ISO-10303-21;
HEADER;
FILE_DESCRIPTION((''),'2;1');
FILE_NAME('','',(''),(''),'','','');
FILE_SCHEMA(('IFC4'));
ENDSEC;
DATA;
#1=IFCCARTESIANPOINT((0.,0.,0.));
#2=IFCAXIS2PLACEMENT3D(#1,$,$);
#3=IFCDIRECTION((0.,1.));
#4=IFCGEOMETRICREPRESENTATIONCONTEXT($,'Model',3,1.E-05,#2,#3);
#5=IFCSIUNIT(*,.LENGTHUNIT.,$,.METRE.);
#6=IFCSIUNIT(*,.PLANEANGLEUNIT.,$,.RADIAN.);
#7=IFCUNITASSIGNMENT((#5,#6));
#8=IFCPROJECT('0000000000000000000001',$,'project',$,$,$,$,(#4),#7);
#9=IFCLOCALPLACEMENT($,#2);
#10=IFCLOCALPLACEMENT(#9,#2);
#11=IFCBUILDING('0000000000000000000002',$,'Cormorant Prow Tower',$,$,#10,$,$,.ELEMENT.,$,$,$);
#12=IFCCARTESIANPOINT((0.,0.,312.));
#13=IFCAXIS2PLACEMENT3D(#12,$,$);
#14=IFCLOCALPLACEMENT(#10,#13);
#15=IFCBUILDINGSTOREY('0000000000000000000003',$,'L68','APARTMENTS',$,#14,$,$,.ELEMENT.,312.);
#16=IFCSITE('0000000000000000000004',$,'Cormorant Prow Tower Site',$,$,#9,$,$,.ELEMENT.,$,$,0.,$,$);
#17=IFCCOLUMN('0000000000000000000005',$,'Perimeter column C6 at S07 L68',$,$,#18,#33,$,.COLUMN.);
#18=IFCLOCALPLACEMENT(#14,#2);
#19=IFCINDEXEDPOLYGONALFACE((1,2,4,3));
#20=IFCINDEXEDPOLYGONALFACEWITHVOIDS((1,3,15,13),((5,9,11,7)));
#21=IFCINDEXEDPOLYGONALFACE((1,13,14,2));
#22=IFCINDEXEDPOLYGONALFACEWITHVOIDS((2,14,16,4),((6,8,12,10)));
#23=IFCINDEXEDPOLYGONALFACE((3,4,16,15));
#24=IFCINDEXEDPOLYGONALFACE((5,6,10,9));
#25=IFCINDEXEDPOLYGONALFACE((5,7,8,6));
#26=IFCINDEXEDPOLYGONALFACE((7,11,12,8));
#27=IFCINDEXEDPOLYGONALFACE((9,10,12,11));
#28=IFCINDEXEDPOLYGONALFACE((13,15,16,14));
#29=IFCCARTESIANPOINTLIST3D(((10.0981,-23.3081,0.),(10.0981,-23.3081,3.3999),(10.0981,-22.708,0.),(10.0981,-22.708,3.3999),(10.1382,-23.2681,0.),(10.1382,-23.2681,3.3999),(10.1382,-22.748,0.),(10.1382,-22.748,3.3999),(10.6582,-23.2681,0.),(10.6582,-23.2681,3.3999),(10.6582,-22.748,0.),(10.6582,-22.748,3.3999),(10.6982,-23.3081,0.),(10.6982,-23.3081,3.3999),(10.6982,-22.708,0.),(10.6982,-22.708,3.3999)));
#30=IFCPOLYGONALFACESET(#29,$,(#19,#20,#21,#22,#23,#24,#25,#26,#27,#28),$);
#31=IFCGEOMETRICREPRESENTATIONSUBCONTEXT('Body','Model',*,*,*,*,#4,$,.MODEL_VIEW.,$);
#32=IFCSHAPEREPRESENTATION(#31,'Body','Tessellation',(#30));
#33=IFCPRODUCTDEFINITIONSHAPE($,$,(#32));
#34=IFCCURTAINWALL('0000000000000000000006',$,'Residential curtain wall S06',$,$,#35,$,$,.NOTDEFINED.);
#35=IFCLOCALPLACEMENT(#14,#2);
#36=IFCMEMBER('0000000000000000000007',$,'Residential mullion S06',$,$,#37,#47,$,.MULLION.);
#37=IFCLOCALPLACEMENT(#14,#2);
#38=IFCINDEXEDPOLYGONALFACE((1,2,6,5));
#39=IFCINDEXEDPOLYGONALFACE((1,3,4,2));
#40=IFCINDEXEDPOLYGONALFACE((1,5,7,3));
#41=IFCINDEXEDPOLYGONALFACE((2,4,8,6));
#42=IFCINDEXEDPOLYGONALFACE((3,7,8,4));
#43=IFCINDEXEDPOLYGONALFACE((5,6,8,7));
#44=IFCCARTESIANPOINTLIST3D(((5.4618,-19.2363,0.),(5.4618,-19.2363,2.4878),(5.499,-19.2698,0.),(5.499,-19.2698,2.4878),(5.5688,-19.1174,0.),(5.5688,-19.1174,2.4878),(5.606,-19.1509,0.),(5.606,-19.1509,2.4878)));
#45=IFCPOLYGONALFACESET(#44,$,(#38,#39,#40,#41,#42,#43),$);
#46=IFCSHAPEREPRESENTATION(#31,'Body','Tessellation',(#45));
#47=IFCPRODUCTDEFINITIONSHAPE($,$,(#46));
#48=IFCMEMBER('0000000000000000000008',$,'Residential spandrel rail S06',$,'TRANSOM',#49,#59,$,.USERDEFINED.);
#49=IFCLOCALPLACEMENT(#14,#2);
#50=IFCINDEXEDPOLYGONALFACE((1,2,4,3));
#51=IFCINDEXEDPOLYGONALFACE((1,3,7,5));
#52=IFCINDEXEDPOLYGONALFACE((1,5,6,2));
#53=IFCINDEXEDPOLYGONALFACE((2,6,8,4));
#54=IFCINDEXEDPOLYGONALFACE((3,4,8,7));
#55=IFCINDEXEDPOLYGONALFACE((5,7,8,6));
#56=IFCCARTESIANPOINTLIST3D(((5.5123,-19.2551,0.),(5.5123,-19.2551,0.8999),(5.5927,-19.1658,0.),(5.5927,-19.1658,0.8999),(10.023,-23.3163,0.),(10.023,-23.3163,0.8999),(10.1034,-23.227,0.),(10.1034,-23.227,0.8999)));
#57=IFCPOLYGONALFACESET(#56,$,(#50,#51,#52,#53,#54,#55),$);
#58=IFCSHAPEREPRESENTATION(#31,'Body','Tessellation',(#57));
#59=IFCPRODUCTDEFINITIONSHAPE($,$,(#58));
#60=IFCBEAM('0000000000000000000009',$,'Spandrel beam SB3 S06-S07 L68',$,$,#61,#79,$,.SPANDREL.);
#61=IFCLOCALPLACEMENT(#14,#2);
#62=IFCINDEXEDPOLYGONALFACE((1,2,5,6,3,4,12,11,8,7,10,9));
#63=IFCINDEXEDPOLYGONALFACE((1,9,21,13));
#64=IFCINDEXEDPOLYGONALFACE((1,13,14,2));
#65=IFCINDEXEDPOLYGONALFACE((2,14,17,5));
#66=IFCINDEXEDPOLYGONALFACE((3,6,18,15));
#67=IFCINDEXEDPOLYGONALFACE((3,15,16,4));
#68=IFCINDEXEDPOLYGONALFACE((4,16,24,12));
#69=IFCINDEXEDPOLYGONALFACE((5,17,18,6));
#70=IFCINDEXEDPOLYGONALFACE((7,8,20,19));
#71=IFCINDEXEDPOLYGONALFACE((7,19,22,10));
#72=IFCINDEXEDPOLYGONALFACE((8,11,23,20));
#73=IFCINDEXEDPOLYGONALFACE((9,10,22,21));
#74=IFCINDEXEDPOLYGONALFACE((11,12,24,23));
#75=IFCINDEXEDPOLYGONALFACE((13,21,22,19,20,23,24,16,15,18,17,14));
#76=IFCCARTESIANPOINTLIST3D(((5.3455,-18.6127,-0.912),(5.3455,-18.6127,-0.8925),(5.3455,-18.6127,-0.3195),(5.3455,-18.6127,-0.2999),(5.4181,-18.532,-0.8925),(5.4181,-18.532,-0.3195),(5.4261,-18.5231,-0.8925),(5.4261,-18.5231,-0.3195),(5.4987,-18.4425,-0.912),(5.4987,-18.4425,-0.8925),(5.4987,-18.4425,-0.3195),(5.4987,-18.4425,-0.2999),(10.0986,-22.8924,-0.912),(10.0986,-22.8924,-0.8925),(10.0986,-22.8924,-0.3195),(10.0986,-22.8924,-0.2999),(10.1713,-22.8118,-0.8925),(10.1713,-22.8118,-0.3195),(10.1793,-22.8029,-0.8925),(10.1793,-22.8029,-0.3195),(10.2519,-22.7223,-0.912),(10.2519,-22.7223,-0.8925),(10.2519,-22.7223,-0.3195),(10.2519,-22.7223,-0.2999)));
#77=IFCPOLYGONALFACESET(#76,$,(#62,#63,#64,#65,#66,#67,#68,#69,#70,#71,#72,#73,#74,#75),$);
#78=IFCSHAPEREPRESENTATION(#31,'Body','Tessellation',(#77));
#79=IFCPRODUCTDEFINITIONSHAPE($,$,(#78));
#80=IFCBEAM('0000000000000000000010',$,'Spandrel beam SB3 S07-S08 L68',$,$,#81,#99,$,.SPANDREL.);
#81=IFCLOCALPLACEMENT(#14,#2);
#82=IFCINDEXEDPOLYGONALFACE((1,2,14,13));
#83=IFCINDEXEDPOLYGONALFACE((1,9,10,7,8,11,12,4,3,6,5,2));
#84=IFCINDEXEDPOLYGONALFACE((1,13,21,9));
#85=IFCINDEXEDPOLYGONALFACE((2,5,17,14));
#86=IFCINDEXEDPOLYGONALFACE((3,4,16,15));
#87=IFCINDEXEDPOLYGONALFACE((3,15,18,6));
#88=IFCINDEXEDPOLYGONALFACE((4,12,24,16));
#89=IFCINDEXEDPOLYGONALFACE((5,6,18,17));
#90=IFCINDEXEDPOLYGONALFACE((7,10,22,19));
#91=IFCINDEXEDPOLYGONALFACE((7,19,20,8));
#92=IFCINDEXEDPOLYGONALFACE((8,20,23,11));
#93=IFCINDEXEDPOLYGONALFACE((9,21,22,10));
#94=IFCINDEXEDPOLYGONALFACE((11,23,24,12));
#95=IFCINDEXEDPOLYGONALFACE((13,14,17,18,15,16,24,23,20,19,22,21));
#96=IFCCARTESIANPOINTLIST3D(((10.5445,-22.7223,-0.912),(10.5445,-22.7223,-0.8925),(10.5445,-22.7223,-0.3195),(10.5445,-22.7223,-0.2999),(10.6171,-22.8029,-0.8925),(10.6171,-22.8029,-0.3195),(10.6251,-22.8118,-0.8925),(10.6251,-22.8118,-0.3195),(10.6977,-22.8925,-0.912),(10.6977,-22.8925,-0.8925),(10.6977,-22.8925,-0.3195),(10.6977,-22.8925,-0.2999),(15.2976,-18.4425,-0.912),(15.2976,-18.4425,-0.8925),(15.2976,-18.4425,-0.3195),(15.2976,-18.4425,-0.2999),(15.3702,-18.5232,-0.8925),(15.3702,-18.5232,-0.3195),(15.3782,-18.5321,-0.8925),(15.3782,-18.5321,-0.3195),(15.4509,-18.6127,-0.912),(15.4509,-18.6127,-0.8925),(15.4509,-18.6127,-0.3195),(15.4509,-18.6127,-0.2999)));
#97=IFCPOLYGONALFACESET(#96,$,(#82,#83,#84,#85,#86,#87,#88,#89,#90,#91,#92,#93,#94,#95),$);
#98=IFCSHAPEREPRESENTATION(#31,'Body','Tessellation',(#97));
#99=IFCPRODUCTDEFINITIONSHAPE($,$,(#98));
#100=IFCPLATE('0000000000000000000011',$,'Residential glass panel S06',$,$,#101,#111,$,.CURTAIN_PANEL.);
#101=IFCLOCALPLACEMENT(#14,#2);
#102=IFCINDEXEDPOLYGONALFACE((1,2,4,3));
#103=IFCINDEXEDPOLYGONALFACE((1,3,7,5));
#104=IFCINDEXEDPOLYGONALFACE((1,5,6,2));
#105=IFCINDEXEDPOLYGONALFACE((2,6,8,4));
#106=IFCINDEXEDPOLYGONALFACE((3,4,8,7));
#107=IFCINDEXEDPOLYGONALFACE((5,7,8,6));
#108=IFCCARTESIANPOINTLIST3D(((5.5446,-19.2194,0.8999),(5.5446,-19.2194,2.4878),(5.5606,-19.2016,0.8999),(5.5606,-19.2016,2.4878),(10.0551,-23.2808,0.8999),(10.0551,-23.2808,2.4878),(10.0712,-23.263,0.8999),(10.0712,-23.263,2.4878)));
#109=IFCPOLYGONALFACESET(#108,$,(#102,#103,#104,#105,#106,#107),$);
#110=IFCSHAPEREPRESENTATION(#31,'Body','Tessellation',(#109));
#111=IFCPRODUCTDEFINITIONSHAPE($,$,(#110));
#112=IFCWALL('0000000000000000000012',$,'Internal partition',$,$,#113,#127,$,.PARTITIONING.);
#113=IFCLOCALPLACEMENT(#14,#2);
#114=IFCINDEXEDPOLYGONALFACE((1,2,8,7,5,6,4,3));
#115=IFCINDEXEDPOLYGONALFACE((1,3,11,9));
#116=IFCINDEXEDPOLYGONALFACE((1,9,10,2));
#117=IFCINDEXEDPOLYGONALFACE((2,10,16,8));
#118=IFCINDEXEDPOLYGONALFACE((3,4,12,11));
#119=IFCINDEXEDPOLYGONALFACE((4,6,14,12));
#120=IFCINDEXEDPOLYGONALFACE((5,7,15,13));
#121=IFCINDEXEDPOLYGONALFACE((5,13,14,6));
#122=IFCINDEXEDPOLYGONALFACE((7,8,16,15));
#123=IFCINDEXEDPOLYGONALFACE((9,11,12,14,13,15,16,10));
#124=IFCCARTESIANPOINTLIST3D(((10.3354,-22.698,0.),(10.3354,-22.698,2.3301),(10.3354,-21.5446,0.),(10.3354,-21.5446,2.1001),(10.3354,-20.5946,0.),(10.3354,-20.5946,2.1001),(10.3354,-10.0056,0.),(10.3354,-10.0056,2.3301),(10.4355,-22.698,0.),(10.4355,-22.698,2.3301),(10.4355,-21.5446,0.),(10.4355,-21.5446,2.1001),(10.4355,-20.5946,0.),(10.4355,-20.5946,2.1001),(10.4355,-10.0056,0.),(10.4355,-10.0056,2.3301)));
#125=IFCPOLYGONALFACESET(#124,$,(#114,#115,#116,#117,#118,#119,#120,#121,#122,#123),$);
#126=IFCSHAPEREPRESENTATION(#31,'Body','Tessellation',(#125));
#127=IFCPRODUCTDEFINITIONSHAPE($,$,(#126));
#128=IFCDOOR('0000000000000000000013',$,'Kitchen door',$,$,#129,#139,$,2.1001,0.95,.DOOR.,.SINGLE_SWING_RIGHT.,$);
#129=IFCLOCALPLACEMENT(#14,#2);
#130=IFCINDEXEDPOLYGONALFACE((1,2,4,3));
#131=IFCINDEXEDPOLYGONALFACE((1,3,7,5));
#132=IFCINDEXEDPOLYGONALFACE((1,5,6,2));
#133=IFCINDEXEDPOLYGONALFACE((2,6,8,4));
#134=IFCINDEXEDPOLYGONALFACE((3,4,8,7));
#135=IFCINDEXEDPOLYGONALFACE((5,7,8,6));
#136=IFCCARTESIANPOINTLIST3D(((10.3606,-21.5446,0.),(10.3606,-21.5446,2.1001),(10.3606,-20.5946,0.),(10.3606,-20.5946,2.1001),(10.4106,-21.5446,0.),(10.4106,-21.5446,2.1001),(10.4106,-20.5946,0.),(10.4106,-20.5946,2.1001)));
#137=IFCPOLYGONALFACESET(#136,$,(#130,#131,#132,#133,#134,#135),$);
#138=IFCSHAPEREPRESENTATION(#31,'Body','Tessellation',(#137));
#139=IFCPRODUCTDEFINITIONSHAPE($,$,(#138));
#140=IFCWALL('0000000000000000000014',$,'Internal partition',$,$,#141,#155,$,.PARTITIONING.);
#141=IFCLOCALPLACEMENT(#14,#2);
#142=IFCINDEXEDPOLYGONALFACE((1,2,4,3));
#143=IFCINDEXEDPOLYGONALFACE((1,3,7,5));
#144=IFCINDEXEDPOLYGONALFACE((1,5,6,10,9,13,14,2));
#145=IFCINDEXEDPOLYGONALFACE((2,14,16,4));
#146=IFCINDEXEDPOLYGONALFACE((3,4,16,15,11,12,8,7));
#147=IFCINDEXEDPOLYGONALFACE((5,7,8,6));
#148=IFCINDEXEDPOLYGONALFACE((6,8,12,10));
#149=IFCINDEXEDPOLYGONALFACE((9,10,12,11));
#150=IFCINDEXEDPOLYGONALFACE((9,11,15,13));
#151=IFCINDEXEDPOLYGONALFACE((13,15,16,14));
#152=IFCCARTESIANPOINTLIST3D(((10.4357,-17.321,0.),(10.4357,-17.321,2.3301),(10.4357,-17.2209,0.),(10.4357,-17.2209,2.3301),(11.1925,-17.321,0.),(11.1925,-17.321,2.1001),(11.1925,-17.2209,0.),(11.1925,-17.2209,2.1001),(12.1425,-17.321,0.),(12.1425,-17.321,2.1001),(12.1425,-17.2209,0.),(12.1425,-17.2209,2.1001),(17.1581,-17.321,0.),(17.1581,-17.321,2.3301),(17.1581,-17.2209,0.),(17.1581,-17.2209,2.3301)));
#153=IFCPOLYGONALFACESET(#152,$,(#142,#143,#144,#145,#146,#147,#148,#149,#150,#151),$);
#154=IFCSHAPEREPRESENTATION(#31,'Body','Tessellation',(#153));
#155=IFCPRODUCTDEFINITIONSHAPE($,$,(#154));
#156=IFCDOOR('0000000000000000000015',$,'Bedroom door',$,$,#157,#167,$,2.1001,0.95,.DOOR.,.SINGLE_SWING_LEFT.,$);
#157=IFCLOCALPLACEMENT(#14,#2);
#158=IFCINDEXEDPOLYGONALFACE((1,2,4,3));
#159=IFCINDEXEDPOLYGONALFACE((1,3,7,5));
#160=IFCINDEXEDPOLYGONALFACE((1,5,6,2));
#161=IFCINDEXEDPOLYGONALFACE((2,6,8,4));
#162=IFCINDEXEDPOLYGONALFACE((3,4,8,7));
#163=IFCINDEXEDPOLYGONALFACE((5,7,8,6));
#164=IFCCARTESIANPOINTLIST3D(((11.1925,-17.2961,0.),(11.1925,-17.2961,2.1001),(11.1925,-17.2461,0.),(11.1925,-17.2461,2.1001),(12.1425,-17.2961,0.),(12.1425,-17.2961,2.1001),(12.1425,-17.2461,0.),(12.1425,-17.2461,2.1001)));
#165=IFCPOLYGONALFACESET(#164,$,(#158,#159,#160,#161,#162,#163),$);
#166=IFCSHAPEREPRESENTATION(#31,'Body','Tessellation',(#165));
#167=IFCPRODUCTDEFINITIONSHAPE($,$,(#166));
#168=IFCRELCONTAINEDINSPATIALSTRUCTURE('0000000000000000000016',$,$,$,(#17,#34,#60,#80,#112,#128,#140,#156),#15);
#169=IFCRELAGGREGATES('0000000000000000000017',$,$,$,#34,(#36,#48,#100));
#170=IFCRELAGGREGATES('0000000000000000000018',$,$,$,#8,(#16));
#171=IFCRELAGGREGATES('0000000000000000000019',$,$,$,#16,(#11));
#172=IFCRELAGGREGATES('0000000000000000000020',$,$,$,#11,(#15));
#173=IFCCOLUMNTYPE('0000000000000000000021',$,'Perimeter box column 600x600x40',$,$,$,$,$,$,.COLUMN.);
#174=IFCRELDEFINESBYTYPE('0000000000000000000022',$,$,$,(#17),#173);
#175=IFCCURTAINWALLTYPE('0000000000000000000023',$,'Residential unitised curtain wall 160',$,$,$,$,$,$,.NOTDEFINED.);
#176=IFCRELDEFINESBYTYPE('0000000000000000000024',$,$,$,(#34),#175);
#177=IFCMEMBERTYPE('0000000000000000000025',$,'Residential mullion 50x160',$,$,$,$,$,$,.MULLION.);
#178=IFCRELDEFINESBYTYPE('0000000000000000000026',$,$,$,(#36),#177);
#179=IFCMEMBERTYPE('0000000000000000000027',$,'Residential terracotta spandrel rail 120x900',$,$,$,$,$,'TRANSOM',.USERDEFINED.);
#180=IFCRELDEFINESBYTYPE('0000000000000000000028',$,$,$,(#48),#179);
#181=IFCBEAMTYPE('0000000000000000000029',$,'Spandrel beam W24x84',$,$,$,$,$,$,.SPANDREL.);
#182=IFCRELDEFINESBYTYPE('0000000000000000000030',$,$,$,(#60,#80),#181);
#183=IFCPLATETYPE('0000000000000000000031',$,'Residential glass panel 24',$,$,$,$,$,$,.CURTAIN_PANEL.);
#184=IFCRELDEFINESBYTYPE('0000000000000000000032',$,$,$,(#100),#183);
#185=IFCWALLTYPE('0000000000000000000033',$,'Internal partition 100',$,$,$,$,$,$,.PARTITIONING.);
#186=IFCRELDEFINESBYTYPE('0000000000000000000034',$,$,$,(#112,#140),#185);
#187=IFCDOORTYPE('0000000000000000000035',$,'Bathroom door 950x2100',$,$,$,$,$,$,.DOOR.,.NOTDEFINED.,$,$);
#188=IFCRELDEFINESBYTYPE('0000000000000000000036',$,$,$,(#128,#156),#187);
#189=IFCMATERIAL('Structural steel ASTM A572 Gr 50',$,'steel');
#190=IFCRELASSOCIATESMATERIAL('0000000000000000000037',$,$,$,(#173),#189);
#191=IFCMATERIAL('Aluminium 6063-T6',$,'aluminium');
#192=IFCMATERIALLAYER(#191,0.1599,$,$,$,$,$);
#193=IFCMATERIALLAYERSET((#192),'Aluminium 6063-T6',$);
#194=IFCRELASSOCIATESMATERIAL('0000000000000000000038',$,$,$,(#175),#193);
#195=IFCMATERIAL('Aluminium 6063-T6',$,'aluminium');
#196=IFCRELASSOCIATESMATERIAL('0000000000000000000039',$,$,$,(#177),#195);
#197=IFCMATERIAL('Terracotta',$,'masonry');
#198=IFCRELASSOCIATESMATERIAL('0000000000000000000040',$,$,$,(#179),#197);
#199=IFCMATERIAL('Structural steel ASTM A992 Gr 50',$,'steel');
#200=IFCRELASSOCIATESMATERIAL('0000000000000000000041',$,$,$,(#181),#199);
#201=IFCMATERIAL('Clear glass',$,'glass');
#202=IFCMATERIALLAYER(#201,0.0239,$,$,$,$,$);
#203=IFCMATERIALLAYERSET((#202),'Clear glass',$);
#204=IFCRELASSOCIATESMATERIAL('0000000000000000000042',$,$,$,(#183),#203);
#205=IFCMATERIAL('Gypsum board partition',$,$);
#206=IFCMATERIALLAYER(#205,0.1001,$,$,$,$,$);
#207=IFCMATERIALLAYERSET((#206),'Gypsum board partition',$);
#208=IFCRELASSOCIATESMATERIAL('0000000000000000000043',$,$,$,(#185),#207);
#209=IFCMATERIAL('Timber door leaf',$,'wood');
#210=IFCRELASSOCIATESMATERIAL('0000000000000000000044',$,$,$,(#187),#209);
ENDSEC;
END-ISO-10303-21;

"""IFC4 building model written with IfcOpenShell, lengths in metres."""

from ifc_helpers import new_model, si_unit, direction, frame, frame_2d, origin, origin_2d, place, context, subcontext, project, spatial, rectangle, hollow_rectangle, i_section, extrude, material, layer, layer_set, material_profile, profile_set, type_object, element, fill, aggregate, save


model = new_model("IFC4")

# Units and contexts
model_context = context("Model", 3, precision=1e-05, world=origin(), true_north=direction((0.0, 1.0)))
body_context = subcontext(model_context, "Body", "Model", "MODEL_VIEW")
ifc_project = project(units=[si_unit("LENGTHUNIT", "METRE"), si_unit("PLANEANGLEUNIT", "RADIAN")], contexts=[model_context])

# Site, building, storey
site_placement = place(None, origin())
site = spatial("IfcSite", under=ifc_project, at=site_placement, Name="Cormorant Prow Tower Site", CompositionType="ELEMENT", RefElevation=0.0)
building_placement = place(site_placement, origin())
building = spatial("IfcBuilding", under=site, at=building_placement, Name="Cormorant Prow Tower", CompositionType="ELEMENT")
storey_placement = place(building_placement, frame((0.0, 0.0, 312.0)))
storey = spatial("IfcBuildingStorey", under=building, at=storey_placement, Name="L68", Description="APARTMENTS", CompositionType="ELEMENT", Elevation=312.0)

# Column
ifc_material_1 = material(Name="Structural steel ASTM A572 Gr 50", Category="steel")
ifc_material_profile_1 = material_profile(ifc_material_1, hollow_rectangle(XDim=0.6001, YDim=0.6001, WallThickness=0.04, at=origin_2d()), Name="Box 600x600x40")
ifc_profile_set_1 = profile_set([ifc_material_profile_1], Name="Structural steel ASTM A572 Gr 50")
column_type = type_object("IfcColumnType", Name="Perimeter box column 600x600x40", PredefinedType="COLUMN", material=ifc_profile_set_1)
column_placement = place(storey_placement, frame((10.3982, -23.0081, 0.0), z_axis=(0.0, 0.0, 1.0), x_axis=(1.0, 0.0, 0.0)))
element("IfcColumn", 1, at=column_placement, inside=storey, type_object=column_type, Name="Perimeter column C6 at S07 L68", PredefinedType="COLUMN", context=body_context, shape_type="SweptSolid", body=[
    extrude(hollow_rectangle(XDim=0.6001, YDim=0.6001, WallThickness=0.04, at=origin_2d()), origin(), (0.0, 0.0, 1.0), 3.3999),
])

# Curtain wall, members
ifc_material_2 = material(Name="Aluminium 6063-T6", Category="aluminium")
ifc_layer_1 = layer(ifc_material_2, 0.1599)
ifc_layer_set_1 = layer_set([ifc_layer_1], Name="Aluminium 6063-T6")
curtain_wall_type = type_object("IfcCurtainWallType", Name="Residential unitised curtain wall 160", PredefinedType="NOTDEFINED", material=ifc_layer_set_1)
curtain_wall_placement = place(storey_placement, origin())
curtain_wall = element("IfcCurtainWall", 2, at=curtain_wall_placement, inside=storey, type_object=curtain_wall_type, Name="Residential curtain wall S06", PredefinedType="NOTDEFINED")
ifc_material_3 = material(Name="Aluminium 6063-T6", Category="aluminium")
ifc_material_profile_2 = material_profile(ifc_material_3, rectangle(XDim=0.1599, YDim=0.05, at=origin_2d()), Name="Residential mullion 50x160")
ifc_profile_set_2 = profile_set([ifc_material_profile_2], Name="Aluminium 6063-T6")
member_type_1 = type_object("IfcMemberType", Name="Residential mullion 50x160", PredefinedType="MULLION", material=ifc_profile_set_2)
member_1_placement = place(storey_placement, frame((5.5339, -19.1936, 0.0), z_axis=(0.0, 0.0, 1.0), x_axis=(0.669131, 0.743145, 0.0)))
member_1 = element("IfcMember", 3, at=member_1_placement, type_object=member_type_1, Name="Residential mullion S06", PredefinedType="MULLION", context=body_context, shape_type="SweptSolid", body=[
    extrude(rectangle(XDim=0.1599, YDim=0.05, at=origin_2d()), origin(), (0.0, 0.0, 1.0), 2.4878),
])
ifc_material_4 = material(Name="Terracotta", Category="masonry")
ifc_material_profile_3 = material_profile(ifc_material_4, rectangle(XDim=0.1201, YDim=0.8999, at=origin_2d()), Name="Residential terracotta spandrel rail 120x900")
ifc_profile_set_3 = profile_set([ifc_material_profile_3], Name="Terracotta")
member_type_2 = type_object("IfcMemberType", Name="Residential terracotta spandrel rail 120x900", ElementType="TRANSOM", PredefinedType="USERDEFINED", material=ifc_profile_set_3)
member_2_placement = place(storey_placement, frame((5.5525, -19.2104, 0.45), z_axis=(0.743162, -0.669111, 0.0), x_axis=(0.669111, 0.743162, 0.0)))
member_2 = element("IfcMember", 4, at=member_2_placement, type_object=member_type_2, Name="Residential spandrel rail S06", ObjectType="TRANSOM", PredefinedType="USERDEFINED", context=body_context, shape_type="SweptSolid", body=[
    extrude(rectangle(XDim=0.1201, YDim=0.8999, at=origin_2d()), origin(), (0.0, 0.0, 1.0), 6.0696),
])

# Beams
ifc_material_5 = material(Name="Structural steel ASTM A992 Gr 50", Category="steel")
ifc_material_profile_4 = material_profile(ifc_material_5, i_section(OverallWidth=0.229, OverallDepth=0.6121, WebThickness=0.012, FlangeThickness=0.0195, at=origin_2d()), Name="W24x84")
ifc_profile_set_4 = profile_set([ifc_material_profile_4], Name="Structural steel ASTM A992 Gr 50")
beam_type = type_object("IfcBeamType", Name="Spandrel beam W24x84", PredefinedType="SPANDREL", material=ifc_profile_set_4)
for number, where, z_axis, x_axis, name in (
    (5, (5.4221, -18.5276, -0.606), (0.743144, -0.669131, 0.0), (0.669131, 0.743144, 0.0), "Spandrel beam SB3 S06-S07 L68"),
    (6, (10.6211, -22.8074, -0.606), (0.743144, 0.669131, 0.0), (-0.669131, 0.743144, 0.0), "Spandrel beam SB3 S07-S08 L68"),
):
    element("IfcBeam", number, at=place(storey_placement, frame(where, z_axis=z_axis, x_axis=x_axis)), inside=storey, type_object=beam_type, Name=name, PredefinedType="SPANDREL", context=body_context, shape_type="SweptSolid", body=[
        extrude(i_section(OverallWidth=0.229, OverallDepth=0.6121, WebThickness=0.012, FlangeThickness=0.0195, at=origin_2d()), origin(), (0.0, 0.0, 1.0), 6.396),
    ])

# Plate
ifc_material_6 = material(Name="Clear glass", Category="glass")
ifc_layer_2 = layer(ifc_material_6, 0.0239)
ifc_layer_set_2 = layer_set([ifc_layer_2], Name="Clear glass")
plate_type = type_object("IfcPlateType", Name="Residential glass panel 24", PredefinedType="CURTAIN_PANEL", material=ifc_layer_set_2)
plate_placement = place(storey_placement, frame((7.8079, -21.2412, 0.8999), z_axis=(0.0, 0.0, 1.0), x_axis=(0.743145, -0.669131, 0.0)))
plate = element("IfcPlate", 7, at=plate_placement, type_object=plate_type, Name="Residential glass panel S06", PredefinedType="CURTAIN_PANEL", context=body_context, shape_type="SweptSolid", body=[
    extrude(rectangle(XDim=6.0696, YDim=0.0239, at=origin_2d()), origin(), (0.0, 0.0, 1.0), 1.5879),
])
aggregate(curtain_wall, [member_1, member_2, plate])

# Walls, openings, doors
ifc_material_7 = material(Name="Gypsum board partition")
ifc_layer_3 = layer(ifc_material_7, 0.1001)
ifc_layer_set_3 = layer_set([ifc_layer_3], Name="Gypsum board partition")
wall_type_1 = type_object("IfcWallType", Name="Internal partition 100", PredefinedType="PARTITIONING", material=ifc_layer_set_3)
wall_1_placement = place(storey_placement, frame((10.3855, -22.698, 0.0), z_axis=(0.0, 0.0, 1.0), x_axis=(0.0, 1.0, 0.0)))
wall_1 = element("IfcWall", 8, at=wall_1_placement, inside=storey, type_object=wall_type_1, Name="Internal partition", PredefinedType="PARTITIONING", context=body_context, shape_type="SweptSolid", body=[
    extrude(rectangle(XDim=12.6924, YDim=0.1001, at=frame_2d((6.3462, 0.0))), origin(), (0.0, 0.0, 1.0), 2.3301),
])
opening_1_placement = place(wall_1_placement, frame((1.1533, 0.0, 0.0)))
opening_1 = element("IfcOpeningElement", 9, at=opening_1_placement, cuts=wall_1, PredefinedType="OPENING", context=body_context, shape_type="SweptSolid", body=[
    extrude(rectangle(XDim=0.95, YDim=2.1001, at=frame_2d((0.4751, 1.05))), frame((0.0, 0.0601, 0.0), z_axis=(0.0, -1.0, 0.0), x_axis=(1.0, 0.0, 0.0)), (0.0, 0.0, 1.0), 0.1201),
])
ifc_material_8 = material(Name="Timber door leaf", Category="wood")
door_type_1 = type_object("IfcDoorType", Name="Bathroom door 950x2100", OperationType="NOTDEFINED", PredefinedType="DOOR", material=ifc_material_8)
door_1_placement = place(opening_1_placement, origin())
door_1 = element("IfcDoor", 10, at=door_1_placement, inside=storey, type_object=door_type_1, Name="Kitchen door", OperationType="SINGLE_SWING_RIGHT", OverallHeight=2.1001, OverallWidth=0.95, PredefinedType="DOOR", context=body_context, shape_type="SweptSolid", body=[
    extrude(rectangle(XDim=0.95, YDim=2.1001, at=frame_2d((0.4751, 1.05))), frame((0.0, 0.0249, 0.0), z_axis=(0.0, -1.0, 0.0), x_axis=(1.0, 0.0, 0.0)), (0.0, 0.0, 1.0), 0.05),
])
fill(opening_1, door_1)
wall_2_placement = place(storey_placement, frame((10.4355, -17.271, 0.0), z_axis=(0.0, 0.0, 1.0), x_axis=(1.0, 0.0, 0.0)))
wall_2 = element("IfcWall", 11, at=wall_2_placement, inside=storey, type_object=wall_type_1, Name="Internal partition", PredefinedType="PARTITIONING", context=body_context, shape_type="SweptSolid", body=[
    extrude(rectangle(XDim=6.7224, YDim=0.1001, at=frame_2d((3.3613, 0.0))), origin(), (0.0, 0.0, 1.0), 2.3301),
])
opening_2_placement = place(wall_2_placement, frame((0.7568, 0.0, 0.0)))
opening_2 = element("IfcOpeningElement", 12, at=opening_2_placement, cuts=wall_2, PredefinedType="OPENING", context=body_context, shape_type="SweptSolid", body=[
    extrude(rectangle(XDim=0.95, YDim=2.1001, at=frame_2d((0.4751, 1.05))), frame((0.0, 0.0601, 0.0), z_axis=(0.0, -1.0, 0.0), x_axis=(1.0, 0.0, 0.0)), (0.0, 0.0, 1.0), 0.1201),
])
door_2_placement = place(opening_2_placement, origin())
door_2 = element("IfcDoor", 13, at=door_2_placement, inside=storey, type_object=door_type_1, Name="Bedroom door", OperationType="SINGLE_SWING_LEFT", OverallHeight=2.1001, OverallWidth=0.95, PredefinedType="DOOR", context=body_context, shape_type="SweptSolid", body=[
    extrude(rectangle(XDim=0.95, YDim=2.1001, at=frame_2d((0.4751, 1.05))), frame((0.0, 0.0249, 0.0), z_axis=(0.0, -1.0, 0.0), x_axis=(1.0, 0.0, 0.0)), (0.0, 0.0, 1.0), 0.05),
])
fill(opening_2, door_2)

save(model, "model.ifc")
